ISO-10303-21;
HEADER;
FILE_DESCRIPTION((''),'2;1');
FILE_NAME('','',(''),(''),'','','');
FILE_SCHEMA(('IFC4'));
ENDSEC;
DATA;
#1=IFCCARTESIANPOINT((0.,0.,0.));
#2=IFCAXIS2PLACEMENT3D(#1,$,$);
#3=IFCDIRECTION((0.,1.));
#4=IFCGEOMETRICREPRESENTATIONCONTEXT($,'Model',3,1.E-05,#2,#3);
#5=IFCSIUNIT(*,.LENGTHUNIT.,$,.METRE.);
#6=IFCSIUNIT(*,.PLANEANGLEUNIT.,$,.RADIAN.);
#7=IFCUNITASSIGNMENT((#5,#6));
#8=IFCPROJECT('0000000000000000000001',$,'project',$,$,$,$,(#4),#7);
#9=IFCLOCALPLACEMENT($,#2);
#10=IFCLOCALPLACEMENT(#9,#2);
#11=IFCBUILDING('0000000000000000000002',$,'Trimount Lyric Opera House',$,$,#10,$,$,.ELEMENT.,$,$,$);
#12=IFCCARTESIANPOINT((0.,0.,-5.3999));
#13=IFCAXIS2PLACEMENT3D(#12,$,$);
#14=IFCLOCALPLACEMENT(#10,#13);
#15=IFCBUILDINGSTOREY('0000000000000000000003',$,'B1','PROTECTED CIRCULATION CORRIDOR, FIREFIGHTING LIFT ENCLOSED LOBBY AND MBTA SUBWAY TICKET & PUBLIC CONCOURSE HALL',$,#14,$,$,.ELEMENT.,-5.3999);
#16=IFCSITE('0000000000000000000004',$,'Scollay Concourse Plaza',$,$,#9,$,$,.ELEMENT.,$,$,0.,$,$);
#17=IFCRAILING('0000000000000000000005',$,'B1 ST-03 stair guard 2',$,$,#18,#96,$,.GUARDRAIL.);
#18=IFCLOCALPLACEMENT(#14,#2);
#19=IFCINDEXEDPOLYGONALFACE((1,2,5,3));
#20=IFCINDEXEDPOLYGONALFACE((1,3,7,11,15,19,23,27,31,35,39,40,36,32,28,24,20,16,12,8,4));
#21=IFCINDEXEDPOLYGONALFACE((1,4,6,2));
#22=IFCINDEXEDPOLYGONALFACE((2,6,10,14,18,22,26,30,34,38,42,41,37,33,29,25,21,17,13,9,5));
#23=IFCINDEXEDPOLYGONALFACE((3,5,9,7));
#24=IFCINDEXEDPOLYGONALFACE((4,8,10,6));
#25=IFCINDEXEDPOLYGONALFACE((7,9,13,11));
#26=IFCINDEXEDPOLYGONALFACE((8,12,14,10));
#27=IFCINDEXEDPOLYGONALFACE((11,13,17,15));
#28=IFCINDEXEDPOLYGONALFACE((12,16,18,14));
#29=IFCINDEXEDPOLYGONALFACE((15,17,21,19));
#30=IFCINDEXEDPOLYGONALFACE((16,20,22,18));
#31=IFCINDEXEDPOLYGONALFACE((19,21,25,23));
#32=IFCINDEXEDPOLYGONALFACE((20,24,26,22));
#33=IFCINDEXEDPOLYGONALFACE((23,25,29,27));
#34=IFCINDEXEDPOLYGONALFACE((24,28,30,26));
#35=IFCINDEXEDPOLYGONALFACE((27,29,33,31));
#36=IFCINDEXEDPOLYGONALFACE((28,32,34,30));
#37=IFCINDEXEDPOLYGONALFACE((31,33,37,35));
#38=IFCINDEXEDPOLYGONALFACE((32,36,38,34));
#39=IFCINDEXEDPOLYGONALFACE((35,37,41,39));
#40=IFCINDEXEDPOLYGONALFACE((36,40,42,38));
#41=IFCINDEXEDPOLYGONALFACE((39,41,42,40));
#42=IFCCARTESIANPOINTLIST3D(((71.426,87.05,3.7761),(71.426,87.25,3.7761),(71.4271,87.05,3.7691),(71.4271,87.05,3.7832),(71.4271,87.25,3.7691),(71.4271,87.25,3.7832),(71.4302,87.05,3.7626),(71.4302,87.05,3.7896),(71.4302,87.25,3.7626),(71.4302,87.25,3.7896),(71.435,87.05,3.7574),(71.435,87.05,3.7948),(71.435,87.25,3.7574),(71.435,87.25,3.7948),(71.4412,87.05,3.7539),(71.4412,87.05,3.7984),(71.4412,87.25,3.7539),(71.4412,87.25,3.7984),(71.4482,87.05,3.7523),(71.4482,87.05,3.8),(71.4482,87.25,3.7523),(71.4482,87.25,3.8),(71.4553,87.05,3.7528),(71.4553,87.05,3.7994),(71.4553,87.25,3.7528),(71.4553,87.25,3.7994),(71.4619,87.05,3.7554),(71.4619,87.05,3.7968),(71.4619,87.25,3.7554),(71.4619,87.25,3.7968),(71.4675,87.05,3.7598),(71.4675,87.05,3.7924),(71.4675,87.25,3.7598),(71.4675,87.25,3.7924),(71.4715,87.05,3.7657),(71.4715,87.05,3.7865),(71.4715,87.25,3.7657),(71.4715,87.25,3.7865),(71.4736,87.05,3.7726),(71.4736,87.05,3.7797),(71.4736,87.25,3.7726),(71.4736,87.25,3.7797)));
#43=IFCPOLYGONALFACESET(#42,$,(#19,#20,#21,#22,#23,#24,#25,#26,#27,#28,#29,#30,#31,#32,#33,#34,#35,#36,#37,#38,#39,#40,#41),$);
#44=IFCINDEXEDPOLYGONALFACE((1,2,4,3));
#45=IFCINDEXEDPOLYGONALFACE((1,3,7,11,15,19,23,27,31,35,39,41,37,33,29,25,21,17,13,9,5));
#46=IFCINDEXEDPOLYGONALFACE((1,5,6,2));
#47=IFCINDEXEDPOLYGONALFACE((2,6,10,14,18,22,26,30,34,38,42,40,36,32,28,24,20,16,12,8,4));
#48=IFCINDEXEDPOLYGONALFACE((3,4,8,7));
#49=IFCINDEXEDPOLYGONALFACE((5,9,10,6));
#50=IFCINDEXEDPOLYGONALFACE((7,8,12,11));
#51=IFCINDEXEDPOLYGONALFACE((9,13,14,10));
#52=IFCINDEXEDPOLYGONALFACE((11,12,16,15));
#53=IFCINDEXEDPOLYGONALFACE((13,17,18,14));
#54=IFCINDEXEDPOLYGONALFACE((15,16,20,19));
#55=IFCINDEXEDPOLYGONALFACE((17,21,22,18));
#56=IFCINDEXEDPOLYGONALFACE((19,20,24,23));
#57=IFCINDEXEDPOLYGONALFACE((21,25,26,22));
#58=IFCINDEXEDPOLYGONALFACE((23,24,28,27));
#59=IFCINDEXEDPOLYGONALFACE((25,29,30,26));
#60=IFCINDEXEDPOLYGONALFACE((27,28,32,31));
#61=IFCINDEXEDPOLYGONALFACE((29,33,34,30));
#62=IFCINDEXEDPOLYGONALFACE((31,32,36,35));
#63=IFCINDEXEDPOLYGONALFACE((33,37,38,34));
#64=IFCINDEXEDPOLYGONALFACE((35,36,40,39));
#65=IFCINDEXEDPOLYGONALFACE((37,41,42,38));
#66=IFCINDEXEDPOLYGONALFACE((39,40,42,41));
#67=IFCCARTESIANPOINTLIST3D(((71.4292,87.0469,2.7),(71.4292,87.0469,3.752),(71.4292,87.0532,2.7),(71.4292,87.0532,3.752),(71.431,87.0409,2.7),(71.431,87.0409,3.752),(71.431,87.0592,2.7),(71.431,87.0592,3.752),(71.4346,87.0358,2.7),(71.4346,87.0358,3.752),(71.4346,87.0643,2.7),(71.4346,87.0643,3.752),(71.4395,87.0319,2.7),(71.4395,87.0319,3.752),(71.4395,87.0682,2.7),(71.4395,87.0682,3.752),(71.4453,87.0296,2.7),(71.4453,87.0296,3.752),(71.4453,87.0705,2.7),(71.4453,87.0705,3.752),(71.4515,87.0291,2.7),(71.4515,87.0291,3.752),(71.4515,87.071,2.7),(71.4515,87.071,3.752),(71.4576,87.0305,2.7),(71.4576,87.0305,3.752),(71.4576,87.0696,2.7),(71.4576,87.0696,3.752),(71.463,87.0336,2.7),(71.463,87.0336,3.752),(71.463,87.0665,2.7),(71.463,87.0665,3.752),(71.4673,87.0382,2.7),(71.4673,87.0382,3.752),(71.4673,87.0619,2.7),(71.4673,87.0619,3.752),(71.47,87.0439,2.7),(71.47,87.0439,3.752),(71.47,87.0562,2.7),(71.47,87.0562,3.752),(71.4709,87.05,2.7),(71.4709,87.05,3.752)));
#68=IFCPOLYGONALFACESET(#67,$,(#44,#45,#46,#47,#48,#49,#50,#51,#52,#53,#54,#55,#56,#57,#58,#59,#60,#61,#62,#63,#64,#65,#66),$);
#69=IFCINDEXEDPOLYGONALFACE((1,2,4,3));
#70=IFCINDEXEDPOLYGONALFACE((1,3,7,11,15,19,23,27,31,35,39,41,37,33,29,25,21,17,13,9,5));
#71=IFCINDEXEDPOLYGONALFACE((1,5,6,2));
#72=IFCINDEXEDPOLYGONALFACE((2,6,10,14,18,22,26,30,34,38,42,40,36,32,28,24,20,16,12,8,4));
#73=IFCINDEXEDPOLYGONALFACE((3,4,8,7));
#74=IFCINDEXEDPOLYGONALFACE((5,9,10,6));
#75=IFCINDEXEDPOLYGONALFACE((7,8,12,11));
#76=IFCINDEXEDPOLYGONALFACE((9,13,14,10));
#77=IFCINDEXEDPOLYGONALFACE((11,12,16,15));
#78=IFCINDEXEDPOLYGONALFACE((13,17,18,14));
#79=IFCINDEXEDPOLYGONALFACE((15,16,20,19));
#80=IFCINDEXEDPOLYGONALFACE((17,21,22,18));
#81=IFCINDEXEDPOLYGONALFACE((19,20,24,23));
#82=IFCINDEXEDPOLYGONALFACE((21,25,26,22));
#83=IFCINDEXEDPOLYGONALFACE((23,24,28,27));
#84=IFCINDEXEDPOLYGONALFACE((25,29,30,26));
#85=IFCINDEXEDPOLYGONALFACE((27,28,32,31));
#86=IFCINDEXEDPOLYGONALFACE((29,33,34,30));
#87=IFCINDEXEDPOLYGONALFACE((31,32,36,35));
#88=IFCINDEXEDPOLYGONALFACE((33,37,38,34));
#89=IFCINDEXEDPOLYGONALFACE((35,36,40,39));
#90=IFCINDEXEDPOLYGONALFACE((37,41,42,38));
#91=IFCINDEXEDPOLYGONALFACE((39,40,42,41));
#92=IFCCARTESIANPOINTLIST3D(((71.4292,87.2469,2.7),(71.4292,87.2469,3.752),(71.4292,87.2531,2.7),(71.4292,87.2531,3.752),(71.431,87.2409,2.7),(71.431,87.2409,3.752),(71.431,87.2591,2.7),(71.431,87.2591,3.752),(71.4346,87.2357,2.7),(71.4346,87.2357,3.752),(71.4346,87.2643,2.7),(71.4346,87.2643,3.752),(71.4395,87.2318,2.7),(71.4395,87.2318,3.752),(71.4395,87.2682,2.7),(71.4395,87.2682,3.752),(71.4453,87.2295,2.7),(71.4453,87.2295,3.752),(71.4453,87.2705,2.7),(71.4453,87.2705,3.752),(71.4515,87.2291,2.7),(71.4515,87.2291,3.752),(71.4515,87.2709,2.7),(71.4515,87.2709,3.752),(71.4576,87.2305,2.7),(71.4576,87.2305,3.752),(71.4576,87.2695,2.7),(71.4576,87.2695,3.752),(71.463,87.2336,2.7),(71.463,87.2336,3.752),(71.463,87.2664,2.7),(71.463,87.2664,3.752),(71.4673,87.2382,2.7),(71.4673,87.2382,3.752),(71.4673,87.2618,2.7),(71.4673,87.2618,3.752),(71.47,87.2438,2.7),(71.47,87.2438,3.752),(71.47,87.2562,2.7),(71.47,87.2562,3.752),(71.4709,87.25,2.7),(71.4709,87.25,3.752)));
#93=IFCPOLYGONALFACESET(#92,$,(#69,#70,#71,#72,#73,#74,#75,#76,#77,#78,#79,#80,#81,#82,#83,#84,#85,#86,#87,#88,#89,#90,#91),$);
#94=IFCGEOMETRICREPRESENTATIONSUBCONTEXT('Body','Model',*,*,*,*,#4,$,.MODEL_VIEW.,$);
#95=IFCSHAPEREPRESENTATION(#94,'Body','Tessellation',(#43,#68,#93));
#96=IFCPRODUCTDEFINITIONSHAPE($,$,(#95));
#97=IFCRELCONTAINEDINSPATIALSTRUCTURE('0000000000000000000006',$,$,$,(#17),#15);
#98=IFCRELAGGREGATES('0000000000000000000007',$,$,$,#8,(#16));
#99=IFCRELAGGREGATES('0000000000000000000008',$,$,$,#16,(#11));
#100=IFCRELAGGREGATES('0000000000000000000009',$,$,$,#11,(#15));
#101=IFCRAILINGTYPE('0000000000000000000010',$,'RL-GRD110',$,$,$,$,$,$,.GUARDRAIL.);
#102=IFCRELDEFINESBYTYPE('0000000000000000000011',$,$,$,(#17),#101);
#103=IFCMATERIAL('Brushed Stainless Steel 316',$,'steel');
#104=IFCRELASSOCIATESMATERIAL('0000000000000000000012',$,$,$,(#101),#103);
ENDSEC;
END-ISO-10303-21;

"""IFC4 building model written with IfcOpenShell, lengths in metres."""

from ifc_helpers import new_model, si_unit, direction, frame, origin, origin_2d, place, context, subcontext, project, spatial, circle, extrude, material, type_object, element, save


model = new_model("IFC4")

# Units and contexts
model_context = context("Model", 3, precision=1e-05, world=origin(), true_north=direction((0.0, 1.0)))
body_context = subcontext(model_context, "Body", "Model", "MODEL_VIEW")
ifc_project = project(units=[si_unit("LENGTHUNIT", "METRE"), si_unit("PLANEANGLEUNIT", "RADIAN")], contexts=[model_context])

# Site, building, storey
site_placement = place(None, origin())
site = spatial("IfcSite", under=ifc_project, at=site_placement, Name="Scollay Concourse Plaza", CompositionType="ELEMENT", RefElevation=0.0)
building_placement = place(site_placement, origin())
building = spatial("IfcBuilding", under=site, at=building_placement, Name="Trimount Lyric Opera House", CompositionType="ELEMENT")
storey_placement = place(building_placement, frame((0.0, 0.0, -5.3999)))
storey = spatial("IfcBuildingStorey", under=building, at=storey_placement, Name="B1", Description="PROTECTED CIRCULATION CORRIDOR, FIREFIGHTING LIFT ENCLOSED LOBBY AND MBTA SUBWAY TICKET & PUBLIC CONCOURSE HALL", CompositionType="ELEMENT", Elevation=-5.3999)

# Railing
ifc_material_1 = material(Name="Brushed Stainless Steel 316", Category="steel")
railing_type_1 = type_object("IfcRailingType", Name="RL-GRD110", PredefinedType="GUARDRAIL", material=ifc_material_1)
railing_1_placement = place(storey_placement, frame((71.45, 87.05, 2.7)))
element("IfcRailing", 1, at=railing_1_placement, inside=storey, type_object=railing_type_1, Name="B1 ST-03 stair guard 2", PredefinedType="GUARDRAIL", context=body_context, shape_type="SweptSolid", body=[
    extrude(circle(Radius=0.0239, at=origin_2d()), frame((0.0, 0.0, 1.0762), z_axis=(0.0, 1.0, 0.0), x_axis=(-1.0, 0.0, 0.0)), (0.0, 0.0, 1.0), 0.2),
    extrude(circle(Radius=0.021, at=origin_2d()), origin(), (0.0, 0.0, 1.0), 1.052),
    extrude(circle(Radius=0.021, at=origin_2d()), frame((0.0, 0.2, 0.0)), (0.0, 0.0, 1.0), 1.052),
])

save(model, "model.ifc")
